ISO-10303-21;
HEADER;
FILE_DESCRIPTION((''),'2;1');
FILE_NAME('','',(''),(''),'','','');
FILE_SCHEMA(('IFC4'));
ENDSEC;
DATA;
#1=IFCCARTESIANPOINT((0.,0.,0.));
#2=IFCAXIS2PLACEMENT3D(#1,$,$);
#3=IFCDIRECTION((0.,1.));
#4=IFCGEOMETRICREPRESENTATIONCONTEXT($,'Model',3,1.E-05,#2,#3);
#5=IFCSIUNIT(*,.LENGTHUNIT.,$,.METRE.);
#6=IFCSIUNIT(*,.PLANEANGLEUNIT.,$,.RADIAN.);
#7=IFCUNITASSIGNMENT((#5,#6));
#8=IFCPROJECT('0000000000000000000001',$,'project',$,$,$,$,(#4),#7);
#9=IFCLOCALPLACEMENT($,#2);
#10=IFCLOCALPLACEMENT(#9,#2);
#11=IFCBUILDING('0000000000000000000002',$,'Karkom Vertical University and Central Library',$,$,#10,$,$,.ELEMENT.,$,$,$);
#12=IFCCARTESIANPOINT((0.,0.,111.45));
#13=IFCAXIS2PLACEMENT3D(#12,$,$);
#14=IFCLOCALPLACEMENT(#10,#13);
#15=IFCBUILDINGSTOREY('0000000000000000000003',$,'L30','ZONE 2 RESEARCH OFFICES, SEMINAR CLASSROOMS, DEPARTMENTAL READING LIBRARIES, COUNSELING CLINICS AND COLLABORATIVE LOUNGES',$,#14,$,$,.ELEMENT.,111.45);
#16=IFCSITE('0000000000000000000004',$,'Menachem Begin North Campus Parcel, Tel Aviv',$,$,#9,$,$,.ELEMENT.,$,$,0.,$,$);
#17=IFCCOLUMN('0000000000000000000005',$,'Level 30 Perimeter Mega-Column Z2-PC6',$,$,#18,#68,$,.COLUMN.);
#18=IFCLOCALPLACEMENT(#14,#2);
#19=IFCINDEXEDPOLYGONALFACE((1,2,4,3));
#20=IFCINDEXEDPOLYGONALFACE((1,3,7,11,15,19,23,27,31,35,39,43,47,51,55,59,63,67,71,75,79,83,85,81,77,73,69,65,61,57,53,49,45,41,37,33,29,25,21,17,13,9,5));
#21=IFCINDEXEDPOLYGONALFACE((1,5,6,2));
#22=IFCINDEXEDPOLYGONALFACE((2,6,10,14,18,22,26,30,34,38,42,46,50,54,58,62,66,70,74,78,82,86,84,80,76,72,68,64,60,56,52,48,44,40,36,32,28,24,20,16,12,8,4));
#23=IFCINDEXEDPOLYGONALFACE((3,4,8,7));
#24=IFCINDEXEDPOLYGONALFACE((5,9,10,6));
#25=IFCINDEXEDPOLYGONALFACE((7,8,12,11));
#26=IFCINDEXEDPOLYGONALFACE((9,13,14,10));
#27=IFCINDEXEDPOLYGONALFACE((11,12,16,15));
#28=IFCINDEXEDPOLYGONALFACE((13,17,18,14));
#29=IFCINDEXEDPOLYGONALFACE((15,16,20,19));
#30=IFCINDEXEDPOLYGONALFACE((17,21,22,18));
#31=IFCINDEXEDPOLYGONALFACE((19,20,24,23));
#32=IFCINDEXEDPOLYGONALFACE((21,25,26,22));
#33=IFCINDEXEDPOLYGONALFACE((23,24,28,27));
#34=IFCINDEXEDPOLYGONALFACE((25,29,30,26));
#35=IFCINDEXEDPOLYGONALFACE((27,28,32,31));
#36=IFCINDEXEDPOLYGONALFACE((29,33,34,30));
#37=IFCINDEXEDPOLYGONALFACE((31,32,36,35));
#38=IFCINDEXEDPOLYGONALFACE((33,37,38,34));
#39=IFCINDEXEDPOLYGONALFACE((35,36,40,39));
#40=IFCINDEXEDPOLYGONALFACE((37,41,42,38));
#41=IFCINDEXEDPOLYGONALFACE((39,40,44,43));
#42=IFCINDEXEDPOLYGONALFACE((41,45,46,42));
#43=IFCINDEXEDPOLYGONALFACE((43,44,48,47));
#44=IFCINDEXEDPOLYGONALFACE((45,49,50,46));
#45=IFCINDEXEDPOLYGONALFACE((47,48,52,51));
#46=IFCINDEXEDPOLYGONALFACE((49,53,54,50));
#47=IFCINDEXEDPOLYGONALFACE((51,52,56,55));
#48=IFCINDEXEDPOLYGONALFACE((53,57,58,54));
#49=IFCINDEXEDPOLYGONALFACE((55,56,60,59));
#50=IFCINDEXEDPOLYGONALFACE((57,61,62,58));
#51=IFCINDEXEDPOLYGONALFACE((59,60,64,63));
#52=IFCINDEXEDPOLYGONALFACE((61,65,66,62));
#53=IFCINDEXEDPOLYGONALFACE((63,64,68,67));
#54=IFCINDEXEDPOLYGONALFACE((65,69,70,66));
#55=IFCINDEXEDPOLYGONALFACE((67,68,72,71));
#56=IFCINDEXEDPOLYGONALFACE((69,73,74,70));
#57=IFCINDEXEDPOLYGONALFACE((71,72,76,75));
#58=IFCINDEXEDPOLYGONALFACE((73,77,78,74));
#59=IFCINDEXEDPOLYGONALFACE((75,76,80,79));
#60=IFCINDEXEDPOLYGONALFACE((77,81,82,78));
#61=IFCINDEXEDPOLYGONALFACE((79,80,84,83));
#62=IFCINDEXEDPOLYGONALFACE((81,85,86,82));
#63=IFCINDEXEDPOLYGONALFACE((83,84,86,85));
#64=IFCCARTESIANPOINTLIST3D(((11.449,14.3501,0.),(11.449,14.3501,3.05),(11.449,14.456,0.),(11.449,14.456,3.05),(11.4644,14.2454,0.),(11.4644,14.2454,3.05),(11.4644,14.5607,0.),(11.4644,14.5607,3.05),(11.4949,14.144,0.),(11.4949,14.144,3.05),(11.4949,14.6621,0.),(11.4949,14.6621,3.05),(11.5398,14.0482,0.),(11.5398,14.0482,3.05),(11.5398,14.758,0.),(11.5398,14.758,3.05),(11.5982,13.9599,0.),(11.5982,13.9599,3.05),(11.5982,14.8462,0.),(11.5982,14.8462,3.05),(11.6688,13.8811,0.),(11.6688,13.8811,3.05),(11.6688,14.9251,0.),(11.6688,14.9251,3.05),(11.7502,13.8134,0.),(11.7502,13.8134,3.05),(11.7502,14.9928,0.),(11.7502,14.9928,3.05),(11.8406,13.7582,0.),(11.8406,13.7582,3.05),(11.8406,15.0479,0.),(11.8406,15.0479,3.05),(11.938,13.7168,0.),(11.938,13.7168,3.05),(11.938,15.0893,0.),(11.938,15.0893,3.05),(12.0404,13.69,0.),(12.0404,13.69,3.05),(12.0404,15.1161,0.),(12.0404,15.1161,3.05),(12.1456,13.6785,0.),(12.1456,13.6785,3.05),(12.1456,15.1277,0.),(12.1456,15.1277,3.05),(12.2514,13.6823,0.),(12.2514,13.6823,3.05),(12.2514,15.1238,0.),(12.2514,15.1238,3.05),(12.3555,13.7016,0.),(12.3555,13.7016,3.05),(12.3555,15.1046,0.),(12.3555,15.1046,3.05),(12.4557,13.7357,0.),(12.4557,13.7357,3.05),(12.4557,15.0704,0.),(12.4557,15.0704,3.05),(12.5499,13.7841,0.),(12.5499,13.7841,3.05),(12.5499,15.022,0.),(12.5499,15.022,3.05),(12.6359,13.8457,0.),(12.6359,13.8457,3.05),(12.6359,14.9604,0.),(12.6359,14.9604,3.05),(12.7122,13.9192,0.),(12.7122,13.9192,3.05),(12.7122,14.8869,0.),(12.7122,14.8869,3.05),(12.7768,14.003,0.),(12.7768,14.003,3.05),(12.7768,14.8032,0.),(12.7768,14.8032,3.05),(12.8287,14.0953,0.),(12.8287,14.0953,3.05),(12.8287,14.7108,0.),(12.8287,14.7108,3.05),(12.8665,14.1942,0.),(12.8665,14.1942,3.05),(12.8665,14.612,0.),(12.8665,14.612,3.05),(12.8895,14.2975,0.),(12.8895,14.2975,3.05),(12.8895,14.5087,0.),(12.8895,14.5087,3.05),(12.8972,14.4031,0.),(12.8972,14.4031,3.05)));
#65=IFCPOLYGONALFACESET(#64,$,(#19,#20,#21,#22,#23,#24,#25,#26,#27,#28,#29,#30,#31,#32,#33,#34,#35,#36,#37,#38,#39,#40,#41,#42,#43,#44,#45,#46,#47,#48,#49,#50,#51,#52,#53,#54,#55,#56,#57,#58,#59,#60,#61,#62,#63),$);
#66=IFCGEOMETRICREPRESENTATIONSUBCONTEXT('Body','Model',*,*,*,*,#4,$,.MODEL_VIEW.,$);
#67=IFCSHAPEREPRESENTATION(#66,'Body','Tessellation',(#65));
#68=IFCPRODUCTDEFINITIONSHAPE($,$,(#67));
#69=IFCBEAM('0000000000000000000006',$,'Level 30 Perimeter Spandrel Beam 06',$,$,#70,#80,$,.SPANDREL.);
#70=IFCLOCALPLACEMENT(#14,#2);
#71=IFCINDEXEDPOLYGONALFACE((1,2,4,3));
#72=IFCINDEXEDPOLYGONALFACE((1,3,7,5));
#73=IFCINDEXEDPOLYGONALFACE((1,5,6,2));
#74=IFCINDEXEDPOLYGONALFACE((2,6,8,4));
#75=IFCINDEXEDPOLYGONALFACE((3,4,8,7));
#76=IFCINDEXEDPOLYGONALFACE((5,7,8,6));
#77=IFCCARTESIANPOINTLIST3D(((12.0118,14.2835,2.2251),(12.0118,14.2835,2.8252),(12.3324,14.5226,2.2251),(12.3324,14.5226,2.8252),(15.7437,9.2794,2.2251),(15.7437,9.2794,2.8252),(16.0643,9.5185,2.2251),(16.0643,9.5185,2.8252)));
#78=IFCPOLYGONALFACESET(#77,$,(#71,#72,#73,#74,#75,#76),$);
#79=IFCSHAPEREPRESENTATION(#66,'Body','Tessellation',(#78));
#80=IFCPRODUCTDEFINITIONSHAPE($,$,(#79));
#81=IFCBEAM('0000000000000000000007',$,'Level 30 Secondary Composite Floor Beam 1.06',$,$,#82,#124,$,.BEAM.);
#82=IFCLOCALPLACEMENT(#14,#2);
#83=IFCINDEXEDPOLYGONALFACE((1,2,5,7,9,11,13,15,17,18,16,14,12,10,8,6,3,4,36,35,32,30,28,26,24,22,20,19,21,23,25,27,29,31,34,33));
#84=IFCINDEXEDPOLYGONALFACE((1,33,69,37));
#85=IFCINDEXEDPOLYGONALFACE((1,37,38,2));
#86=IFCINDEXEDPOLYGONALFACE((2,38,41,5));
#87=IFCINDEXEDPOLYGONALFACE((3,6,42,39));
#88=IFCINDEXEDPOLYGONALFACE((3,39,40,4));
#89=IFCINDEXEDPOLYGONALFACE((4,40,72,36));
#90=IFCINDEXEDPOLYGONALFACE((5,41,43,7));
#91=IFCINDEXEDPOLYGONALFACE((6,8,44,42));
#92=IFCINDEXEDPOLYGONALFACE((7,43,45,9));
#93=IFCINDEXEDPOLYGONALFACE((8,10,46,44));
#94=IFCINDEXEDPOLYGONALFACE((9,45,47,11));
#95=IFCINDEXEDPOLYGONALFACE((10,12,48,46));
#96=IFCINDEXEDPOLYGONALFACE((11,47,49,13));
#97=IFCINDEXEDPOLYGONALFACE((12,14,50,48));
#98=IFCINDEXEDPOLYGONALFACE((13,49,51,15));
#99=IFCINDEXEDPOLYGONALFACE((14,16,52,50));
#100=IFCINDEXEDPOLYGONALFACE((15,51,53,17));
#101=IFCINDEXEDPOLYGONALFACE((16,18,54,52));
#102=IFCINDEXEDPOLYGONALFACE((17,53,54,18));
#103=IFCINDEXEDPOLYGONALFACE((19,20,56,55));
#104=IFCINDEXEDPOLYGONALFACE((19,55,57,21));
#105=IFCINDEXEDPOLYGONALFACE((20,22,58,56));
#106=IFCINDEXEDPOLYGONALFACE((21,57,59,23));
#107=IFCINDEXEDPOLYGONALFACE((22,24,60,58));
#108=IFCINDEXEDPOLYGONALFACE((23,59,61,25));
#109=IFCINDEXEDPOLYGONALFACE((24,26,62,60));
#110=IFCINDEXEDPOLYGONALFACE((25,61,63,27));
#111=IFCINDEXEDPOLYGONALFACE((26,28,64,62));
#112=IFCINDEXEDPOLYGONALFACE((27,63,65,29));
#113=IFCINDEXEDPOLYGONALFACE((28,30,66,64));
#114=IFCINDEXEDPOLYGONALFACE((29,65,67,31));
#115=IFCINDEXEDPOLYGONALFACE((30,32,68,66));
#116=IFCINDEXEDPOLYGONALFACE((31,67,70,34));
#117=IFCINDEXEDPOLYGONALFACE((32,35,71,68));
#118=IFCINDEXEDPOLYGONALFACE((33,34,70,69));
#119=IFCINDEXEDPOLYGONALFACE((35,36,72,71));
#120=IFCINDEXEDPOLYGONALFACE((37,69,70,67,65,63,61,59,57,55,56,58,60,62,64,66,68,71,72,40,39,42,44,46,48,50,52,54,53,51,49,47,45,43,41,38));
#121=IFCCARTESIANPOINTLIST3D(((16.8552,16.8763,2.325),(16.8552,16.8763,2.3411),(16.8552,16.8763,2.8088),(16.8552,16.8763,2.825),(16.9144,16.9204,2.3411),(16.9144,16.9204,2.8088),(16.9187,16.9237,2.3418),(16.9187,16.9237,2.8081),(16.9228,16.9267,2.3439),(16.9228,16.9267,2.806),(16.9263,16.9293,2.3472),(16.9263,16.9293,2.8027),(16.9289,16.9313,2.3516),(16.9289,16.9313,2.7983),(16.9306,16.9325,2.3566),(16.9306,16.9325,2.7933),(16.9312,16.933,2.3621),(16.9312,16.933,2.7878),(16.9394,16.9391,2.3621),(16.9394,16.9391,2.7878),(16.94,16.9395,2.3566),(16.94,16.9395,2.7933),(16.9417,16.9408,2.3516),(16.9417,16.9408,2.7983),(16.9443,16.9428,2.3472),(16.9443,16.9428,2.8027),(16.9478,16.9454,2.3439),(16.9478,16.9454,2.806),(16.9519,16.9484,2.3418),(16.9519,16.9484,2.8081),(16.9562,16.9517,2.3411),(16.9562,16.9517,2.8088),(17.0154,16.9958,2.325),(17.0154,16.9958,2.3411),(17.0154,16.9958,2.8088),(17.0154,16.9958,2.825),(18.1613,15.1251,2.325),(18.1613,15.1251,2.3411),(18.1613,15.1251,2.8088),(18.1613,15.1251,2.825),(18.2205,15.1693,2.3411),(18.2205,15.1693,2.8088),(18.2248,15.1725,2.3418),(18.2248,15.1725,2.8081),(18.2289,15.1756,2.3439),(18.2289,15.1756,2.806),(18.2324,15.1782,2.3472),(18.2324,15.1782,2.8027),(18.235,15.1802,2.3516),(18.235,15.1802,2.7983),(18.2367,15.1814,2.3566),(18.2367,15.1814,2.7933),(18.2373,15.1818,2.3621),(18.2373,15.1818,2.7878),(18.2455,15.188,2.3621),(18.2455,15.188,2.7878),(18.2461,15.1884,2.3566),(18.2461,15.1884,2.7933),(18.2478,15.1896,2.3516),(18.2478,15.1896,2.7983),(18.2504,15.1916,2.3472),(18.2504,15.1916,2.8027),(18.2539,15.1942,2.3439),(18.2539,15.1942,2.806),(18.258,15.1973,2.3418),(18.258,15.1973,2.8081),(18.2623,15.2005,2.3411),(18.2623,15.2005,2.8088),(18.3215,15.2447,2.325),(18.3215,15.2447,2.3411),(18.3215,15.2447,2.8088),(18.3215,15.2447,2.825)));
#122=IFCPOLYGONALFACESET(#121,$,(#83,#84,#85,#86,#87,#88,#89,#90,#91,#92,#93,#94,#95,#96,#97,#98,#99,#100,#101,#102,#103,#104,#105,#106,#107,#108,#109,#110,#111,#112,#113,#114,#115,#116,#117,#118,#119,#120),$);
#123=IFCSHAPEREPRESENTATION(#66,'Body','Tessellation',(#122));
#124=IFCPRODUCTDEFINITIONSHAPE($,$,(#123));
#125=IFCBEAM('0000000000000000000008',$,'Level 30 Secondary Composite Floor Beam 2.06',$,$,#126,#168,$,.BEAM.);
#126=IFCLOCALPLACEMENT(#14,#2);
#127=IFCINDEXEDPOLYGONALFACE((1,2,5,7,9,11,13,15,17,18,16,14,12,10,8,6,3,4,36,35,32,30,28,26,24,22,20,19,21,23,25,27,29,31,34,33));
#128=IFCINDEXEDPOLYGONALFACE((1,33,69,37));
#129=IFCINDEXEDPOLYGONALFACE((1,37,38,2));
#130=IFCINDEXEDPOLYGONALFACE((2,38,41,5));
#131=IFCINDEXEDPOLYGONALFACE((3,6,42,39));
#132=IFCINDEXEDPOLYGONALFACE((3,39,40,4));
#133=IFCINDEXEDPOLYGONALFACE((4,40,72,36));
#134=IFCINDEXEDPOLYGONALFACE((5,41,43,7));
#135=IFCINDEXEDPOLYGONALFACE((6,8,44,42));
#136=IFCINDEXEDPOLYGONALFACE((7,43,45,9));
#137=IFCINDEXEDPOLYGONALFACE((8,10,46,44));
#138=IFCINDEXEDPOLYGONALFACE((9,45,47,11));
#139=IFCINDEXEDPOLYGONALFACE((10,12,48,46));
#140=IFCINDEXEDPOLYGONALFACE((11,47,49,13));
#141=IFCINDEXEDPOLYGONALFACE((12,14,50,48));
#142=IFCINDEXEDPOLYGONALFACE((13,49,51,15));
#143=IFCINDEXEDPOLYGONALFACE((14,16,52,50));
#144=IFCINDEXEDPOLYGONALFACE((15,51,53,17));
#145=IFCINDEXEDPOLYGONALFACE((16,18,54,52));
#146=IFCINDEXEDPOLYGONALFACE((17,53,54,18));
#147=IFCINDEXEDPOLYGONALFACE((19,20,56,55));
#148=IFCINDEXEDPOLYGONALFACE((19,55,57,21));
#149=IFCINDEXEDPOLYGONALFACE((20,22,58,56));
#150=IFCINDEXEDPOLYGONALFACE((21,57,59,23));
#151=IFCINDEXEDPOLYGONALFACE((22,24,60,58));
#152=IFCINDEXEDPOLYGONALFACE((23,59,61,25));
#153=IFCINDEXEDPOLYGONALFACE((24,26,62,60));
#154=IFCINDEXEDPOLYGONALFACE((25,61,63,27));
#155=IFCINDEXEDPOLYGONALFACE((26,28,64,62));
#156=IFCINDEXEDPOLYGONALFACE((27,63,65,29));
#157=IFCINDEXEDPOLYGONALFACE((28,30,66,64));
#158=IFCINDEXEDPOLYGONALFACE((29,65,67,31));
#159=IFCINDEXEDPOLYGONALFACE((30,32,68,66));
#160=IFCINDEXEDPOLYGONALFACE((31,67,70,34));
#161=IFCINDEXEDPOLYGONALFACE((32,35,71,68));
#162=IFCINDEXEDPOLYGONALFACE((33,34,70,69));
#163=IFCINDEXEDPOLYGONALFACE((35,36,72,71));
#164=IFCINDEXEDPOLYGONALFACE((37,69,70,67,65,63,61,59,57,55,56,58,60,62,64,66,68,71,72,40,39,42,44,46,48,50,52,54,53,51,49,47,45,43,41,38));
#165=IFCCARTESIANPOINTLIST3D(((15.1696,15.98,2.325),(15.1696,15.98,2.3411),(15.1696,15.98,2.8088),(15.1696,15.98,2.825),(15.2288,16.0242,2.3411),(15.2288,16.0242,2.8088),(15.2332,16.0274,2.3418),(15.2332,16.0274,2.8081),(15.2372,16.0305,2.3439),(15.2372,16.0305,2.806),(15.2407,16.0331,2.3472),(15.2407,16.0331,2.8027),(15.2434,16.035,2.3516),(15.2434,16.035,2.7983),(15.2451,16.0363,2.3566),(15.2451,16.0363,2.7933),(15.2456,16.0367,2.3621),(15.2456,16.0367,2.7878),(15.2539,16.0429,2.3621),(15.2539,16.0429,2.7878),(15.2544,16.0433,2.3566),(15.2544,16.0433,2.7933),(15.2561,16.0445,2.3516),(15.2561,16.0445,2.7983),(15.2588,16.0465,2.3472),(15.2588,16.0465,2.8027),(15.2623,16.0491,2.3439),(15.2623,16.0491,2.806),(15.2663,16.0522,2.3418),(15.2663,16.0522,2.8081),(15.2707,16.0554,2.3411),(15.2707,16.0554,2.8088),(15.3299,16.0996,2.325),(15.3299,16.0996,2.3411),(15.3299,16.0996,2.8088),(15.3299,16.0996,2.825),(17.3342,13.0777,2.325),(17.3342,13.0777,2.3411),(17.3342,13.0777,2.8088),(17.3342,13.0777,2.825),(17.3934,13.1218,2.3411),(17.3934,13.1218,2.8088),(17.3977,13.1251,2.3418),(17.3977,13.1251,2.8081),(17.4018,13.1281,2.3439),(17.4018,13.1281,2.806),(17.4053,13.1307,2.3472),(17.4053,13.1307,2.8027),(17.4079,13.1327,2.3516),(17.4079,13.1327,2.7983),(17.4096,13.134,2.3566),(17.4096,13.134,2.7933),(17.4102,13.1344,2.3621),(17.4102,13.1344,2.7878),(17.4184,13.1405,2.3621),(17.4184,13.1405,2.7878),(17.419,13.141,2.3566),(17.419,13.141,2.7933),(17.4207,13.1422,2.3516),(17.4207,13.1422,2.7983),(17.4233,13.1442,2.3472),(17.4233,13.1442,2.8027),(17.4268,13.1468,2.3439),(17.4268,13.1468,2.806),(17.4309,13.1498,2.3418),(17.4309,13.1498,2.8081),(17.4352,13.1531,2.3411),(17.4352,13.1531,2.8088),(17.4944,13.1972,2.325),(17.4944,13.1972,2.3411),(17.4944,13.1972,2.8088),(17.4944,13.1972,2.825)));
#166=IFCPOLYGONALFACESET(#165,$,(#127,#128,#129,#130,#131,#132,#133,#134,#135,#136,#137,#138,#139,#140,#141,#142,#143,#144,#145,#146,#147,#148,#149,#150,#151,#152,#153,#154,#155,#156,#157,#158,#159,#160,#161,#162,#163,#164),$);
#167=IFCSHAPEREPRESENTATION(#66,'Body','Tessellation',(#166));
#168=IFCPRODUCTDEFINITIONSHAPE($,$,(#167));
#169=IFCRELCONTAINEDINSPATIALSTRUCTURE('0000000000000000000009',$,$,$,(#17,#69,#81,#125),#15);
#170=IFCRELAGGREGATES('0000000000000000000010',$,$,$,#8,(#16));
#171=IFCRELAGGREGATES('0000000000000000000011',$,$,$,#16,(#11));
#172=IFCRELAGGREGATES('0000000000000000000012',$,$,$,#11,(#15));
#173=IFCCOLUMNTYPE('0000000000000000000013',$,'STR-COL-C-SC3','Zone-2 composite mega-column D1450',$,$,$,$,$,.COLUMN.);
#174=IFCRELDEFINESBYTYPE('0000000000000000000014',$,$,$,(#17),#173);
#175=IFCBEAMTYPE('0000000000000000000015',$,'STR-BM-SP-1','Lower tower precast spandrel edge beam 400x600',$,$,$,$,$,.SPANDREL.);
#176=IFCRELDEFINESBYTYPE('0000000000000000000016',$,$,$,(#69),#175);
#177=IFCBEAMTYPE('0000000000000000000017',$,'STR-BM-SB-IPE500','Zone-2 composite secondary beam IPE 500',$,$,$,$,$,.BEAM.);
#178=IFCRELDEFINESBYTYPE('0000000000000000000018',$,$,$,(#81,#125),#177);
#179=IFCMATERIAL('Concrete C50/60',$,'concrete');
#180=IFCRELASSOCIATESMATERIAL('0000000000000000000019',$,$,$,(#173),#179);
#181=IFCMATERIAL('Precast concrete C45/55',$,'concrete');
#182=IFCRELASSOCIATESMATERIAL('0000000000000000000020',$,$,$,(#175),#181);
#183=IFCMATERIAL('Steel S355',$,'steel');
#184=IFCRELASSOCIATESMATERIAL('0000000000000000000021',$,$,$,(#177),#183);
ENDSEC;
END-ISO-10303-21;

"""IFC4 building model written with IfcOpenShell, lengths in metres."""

from ifc_helpers import new_model, si_unit, direction, frame, origin, origin_with_axes, origin_2d, place, context, subcontext, project, spatial, rectangle, circle, i_section, extrude, source, transform, mapped, material, material_profile, profile_set, type_object, element, save


model = new_model("IFC4")

# Units and contexts
model_context = context("Model", 3, precision=1e-05, world=origin(), true_north=direction((0.0, 1.0)))
body_context = subcontext(model_context, "Body", "Model", "MODEL_VIEW")
ifc_project = project(units=[si_unit("LENGTHUNIT", "METRE"), si_unit("PLANEANGLEUNIT", "RADIAN")], contexts=[model_context])

# Site, building, storey
site_placement = place(None, origin())
site = spatial("IfcSite", under=ifc_project, at=site_placement, Name="Menachem Begin North Campus Parcel, Tel Aviv", CompositionType="ELEMENT", RefElevation=0.0)
building_placement = place(site_placement, origin())
building = spatial("IfcBuilding", under=site, at=building_placement, Name="Karkom Vertical University and Central Library", CompositionType="ELEMENT")
storey_placement = place(building_placement, frame((0.0, 0.0, 111.45)))
storey = spatial("IfcBuildingStorey", under=building, at=storey_placement, Name="L30", Description="ZONE 2 RESEARCH OFFICES, SEMINAR CLASSROOMS, DEPARTMENTAL READING LIBRARIES, COUNSELING CLINICS AND COLLABORATIVE LOUNGES", CompositionType="ELEMENT", Elevation=111.45)

# Column
ifc_material_1 = material(Name="Concrete C50/60", Category="concrete")
ifc_material_profile_1 = material_profile(ifc_material_1, circle(Radius=0.7251, at=origin_2d()), Name="CFT-D1450")
ifc_profile_set_1 = profile_set([ifc_material_profile_1], Name="Concrete C50/60")
column_type = type_object("IfcColumnType", Name="STR-COL-C-SC3", Description="Zone-2 composite mega-column D1450", PredefinedType="COLUMN", material=ifc_profile_set_1)
shared_shape_1 = source(origin_with_axes(), body_context, "Body", "SweptSolid", [
    extrude(circle(Radius=0.7251, at=origin_2d()), origin(), (0.0, 0.0, 1.0), 3.05),
])
column_placement = place(storey_placement, frame((12.1721, 14.4031, 0.0), z_axis=(0.0, 0.0, 1.0), x_axis=(1.0, 0.0, 0.0)))
element("IfcColumn", 1, at=column_placement, inside=storey, type_object=column_type, Name="Level 30 Perimeter Mega-Column Z2-PC6", PredefinedType="COLUMN", context=body_context, shape_type="MappedRepresentation", body=[
    mapped(shared_shape_1, transform((0.0, 0.0, 0.0), scale=1.0)),
])

# Beams
ifc_material_2 = material(Name="Precast concrete C45/55", Category="concrete")
ifc_material_profile_2 = material_profile(ifc_material_2, rectangle(XDim=0.3999, YDim=0.6001, at=origin_2d()), Name="SPB-400x600")
ifc_profile_set_2 = profile_set([ifc_material_profile_2], Name="Precast concrete C45/55")
beam_type_1 = type_object("IfcBeamType", Name="STR-BM-SP-1", Description="Lower tower precast spandrel edge beam 400x600", PredefinedType="SPANDREL", material=ifc_profile_set_2)
shared_shape_2 = source(origin_with_axes(), body_context, "Body", "SweptSolid", [
    extrude(rectangle(XDim=0.3999, YDim=0.6001, at=origin_2d()), origin(), (0.0, 0.0, 1.0), 6.2424),
])
beam_1_placement = place(storey_placement, frame((12.1721, 14.4031, 2.5251), z_axis=(0.597826, -0.801626, 0.0), x_axis=(0.801626, 0.597826, 0.0)))
element("IfcBeam", 2, at=beam_1_placement, inside=storey, type_object=beam_type_1, Name="Level 30 Perimeter Spandrel Beam 06", PredefinedType="SPANDREL", context=body_context, shape_type="MappedRepresentation", body=[
    mapped(shared_shape_2, transform((0.0, 0.0, 0.0), scale=1.0)),
])
ifc_material_3 = material(Name="Steel S355", Category="steel")
ifc_material_profile_3 = material_profile(ifc_material_3, i_section(OverallWidth=0.2, OverallDepth=0.5, WebThickness=0.0103, FlangeThickness=0.0161, FilletRadius=0.021, at=origin_2d()), Name="IPE 500")
ifc_profile_set_3 = profile_set([ifc_material_profile_3], Name="Steel S355")
beam_type_2 = type_object("IfcBeamType", Name="STR-BM-SB-IPE500", Description="Zone-2 composite secondary beam IPE 500", PredefinedType="BEAM", material=ifc_profile_set_3)
shared_shape_3 = source(origin_with_axes(), body_context, "Body", "SweptSolid", [
    extrude(i_section(OverallWidth=0.2, OverallDepth=0.5, WebThickness=0.0103, FlangeThickness=0.0161, FilletRadius=0.021, at=origin_2d()), origin(), (0.0, 0.0, 1.0), 2.1846),
])
beam_2_placement = place(storey_placement, frame((16.9353, 16.936, 2.575), z_axis=(0.59787, -0.801593, 0.0), x_axis=(0.801593, 0.59787, 0.0)))
element("IfcBeam", 3, at=beam_2_placement, inside=storey, type_object=beam_type_2, Name="Level 30 Secondary Composite Floor Beam 1.06", PredefinedType="BEAM", context=body_context, shape_type="MappedRepresentation", body=[
    mapped(shared_shape_3, transform((0.0, 0.0, 0.0), scale=1.0)),
])
shared_shape_4 = source(origin_with_axes(), body_context, "Body", "SweptSolid", [
    extrude(i_section(OverallWidth=0.2, OverallDepth=0.5, WebThickness=0.0103, FlangeThickness=0.0161, FilletRadius=0.021, at=origin_2d()), origin(), (0.0, 0.0, 1.0), 3.6206),
])
beam_3_placement = place(storey_placement, frame((15.2498, 16.0398, 2.575), z_axis=(0.59784, -0.801615, 0.0), x_axis=(0.801615, 0.59784, 0.0)))
element("IfcBeam", 4, at=beam_3_placement, inside=storey, type_object=beam_type_2, Name="Level 30 Secondary Composite Floor Beam 2.06", PredefinedType="BEAM", context=body_context, shape_type="MappedRepresentation", body=[
    mapped(shared_shape_4, transform((0.0, 0.0, 0.0), scale=1.0)),
])

save(model, "model.ifc")
